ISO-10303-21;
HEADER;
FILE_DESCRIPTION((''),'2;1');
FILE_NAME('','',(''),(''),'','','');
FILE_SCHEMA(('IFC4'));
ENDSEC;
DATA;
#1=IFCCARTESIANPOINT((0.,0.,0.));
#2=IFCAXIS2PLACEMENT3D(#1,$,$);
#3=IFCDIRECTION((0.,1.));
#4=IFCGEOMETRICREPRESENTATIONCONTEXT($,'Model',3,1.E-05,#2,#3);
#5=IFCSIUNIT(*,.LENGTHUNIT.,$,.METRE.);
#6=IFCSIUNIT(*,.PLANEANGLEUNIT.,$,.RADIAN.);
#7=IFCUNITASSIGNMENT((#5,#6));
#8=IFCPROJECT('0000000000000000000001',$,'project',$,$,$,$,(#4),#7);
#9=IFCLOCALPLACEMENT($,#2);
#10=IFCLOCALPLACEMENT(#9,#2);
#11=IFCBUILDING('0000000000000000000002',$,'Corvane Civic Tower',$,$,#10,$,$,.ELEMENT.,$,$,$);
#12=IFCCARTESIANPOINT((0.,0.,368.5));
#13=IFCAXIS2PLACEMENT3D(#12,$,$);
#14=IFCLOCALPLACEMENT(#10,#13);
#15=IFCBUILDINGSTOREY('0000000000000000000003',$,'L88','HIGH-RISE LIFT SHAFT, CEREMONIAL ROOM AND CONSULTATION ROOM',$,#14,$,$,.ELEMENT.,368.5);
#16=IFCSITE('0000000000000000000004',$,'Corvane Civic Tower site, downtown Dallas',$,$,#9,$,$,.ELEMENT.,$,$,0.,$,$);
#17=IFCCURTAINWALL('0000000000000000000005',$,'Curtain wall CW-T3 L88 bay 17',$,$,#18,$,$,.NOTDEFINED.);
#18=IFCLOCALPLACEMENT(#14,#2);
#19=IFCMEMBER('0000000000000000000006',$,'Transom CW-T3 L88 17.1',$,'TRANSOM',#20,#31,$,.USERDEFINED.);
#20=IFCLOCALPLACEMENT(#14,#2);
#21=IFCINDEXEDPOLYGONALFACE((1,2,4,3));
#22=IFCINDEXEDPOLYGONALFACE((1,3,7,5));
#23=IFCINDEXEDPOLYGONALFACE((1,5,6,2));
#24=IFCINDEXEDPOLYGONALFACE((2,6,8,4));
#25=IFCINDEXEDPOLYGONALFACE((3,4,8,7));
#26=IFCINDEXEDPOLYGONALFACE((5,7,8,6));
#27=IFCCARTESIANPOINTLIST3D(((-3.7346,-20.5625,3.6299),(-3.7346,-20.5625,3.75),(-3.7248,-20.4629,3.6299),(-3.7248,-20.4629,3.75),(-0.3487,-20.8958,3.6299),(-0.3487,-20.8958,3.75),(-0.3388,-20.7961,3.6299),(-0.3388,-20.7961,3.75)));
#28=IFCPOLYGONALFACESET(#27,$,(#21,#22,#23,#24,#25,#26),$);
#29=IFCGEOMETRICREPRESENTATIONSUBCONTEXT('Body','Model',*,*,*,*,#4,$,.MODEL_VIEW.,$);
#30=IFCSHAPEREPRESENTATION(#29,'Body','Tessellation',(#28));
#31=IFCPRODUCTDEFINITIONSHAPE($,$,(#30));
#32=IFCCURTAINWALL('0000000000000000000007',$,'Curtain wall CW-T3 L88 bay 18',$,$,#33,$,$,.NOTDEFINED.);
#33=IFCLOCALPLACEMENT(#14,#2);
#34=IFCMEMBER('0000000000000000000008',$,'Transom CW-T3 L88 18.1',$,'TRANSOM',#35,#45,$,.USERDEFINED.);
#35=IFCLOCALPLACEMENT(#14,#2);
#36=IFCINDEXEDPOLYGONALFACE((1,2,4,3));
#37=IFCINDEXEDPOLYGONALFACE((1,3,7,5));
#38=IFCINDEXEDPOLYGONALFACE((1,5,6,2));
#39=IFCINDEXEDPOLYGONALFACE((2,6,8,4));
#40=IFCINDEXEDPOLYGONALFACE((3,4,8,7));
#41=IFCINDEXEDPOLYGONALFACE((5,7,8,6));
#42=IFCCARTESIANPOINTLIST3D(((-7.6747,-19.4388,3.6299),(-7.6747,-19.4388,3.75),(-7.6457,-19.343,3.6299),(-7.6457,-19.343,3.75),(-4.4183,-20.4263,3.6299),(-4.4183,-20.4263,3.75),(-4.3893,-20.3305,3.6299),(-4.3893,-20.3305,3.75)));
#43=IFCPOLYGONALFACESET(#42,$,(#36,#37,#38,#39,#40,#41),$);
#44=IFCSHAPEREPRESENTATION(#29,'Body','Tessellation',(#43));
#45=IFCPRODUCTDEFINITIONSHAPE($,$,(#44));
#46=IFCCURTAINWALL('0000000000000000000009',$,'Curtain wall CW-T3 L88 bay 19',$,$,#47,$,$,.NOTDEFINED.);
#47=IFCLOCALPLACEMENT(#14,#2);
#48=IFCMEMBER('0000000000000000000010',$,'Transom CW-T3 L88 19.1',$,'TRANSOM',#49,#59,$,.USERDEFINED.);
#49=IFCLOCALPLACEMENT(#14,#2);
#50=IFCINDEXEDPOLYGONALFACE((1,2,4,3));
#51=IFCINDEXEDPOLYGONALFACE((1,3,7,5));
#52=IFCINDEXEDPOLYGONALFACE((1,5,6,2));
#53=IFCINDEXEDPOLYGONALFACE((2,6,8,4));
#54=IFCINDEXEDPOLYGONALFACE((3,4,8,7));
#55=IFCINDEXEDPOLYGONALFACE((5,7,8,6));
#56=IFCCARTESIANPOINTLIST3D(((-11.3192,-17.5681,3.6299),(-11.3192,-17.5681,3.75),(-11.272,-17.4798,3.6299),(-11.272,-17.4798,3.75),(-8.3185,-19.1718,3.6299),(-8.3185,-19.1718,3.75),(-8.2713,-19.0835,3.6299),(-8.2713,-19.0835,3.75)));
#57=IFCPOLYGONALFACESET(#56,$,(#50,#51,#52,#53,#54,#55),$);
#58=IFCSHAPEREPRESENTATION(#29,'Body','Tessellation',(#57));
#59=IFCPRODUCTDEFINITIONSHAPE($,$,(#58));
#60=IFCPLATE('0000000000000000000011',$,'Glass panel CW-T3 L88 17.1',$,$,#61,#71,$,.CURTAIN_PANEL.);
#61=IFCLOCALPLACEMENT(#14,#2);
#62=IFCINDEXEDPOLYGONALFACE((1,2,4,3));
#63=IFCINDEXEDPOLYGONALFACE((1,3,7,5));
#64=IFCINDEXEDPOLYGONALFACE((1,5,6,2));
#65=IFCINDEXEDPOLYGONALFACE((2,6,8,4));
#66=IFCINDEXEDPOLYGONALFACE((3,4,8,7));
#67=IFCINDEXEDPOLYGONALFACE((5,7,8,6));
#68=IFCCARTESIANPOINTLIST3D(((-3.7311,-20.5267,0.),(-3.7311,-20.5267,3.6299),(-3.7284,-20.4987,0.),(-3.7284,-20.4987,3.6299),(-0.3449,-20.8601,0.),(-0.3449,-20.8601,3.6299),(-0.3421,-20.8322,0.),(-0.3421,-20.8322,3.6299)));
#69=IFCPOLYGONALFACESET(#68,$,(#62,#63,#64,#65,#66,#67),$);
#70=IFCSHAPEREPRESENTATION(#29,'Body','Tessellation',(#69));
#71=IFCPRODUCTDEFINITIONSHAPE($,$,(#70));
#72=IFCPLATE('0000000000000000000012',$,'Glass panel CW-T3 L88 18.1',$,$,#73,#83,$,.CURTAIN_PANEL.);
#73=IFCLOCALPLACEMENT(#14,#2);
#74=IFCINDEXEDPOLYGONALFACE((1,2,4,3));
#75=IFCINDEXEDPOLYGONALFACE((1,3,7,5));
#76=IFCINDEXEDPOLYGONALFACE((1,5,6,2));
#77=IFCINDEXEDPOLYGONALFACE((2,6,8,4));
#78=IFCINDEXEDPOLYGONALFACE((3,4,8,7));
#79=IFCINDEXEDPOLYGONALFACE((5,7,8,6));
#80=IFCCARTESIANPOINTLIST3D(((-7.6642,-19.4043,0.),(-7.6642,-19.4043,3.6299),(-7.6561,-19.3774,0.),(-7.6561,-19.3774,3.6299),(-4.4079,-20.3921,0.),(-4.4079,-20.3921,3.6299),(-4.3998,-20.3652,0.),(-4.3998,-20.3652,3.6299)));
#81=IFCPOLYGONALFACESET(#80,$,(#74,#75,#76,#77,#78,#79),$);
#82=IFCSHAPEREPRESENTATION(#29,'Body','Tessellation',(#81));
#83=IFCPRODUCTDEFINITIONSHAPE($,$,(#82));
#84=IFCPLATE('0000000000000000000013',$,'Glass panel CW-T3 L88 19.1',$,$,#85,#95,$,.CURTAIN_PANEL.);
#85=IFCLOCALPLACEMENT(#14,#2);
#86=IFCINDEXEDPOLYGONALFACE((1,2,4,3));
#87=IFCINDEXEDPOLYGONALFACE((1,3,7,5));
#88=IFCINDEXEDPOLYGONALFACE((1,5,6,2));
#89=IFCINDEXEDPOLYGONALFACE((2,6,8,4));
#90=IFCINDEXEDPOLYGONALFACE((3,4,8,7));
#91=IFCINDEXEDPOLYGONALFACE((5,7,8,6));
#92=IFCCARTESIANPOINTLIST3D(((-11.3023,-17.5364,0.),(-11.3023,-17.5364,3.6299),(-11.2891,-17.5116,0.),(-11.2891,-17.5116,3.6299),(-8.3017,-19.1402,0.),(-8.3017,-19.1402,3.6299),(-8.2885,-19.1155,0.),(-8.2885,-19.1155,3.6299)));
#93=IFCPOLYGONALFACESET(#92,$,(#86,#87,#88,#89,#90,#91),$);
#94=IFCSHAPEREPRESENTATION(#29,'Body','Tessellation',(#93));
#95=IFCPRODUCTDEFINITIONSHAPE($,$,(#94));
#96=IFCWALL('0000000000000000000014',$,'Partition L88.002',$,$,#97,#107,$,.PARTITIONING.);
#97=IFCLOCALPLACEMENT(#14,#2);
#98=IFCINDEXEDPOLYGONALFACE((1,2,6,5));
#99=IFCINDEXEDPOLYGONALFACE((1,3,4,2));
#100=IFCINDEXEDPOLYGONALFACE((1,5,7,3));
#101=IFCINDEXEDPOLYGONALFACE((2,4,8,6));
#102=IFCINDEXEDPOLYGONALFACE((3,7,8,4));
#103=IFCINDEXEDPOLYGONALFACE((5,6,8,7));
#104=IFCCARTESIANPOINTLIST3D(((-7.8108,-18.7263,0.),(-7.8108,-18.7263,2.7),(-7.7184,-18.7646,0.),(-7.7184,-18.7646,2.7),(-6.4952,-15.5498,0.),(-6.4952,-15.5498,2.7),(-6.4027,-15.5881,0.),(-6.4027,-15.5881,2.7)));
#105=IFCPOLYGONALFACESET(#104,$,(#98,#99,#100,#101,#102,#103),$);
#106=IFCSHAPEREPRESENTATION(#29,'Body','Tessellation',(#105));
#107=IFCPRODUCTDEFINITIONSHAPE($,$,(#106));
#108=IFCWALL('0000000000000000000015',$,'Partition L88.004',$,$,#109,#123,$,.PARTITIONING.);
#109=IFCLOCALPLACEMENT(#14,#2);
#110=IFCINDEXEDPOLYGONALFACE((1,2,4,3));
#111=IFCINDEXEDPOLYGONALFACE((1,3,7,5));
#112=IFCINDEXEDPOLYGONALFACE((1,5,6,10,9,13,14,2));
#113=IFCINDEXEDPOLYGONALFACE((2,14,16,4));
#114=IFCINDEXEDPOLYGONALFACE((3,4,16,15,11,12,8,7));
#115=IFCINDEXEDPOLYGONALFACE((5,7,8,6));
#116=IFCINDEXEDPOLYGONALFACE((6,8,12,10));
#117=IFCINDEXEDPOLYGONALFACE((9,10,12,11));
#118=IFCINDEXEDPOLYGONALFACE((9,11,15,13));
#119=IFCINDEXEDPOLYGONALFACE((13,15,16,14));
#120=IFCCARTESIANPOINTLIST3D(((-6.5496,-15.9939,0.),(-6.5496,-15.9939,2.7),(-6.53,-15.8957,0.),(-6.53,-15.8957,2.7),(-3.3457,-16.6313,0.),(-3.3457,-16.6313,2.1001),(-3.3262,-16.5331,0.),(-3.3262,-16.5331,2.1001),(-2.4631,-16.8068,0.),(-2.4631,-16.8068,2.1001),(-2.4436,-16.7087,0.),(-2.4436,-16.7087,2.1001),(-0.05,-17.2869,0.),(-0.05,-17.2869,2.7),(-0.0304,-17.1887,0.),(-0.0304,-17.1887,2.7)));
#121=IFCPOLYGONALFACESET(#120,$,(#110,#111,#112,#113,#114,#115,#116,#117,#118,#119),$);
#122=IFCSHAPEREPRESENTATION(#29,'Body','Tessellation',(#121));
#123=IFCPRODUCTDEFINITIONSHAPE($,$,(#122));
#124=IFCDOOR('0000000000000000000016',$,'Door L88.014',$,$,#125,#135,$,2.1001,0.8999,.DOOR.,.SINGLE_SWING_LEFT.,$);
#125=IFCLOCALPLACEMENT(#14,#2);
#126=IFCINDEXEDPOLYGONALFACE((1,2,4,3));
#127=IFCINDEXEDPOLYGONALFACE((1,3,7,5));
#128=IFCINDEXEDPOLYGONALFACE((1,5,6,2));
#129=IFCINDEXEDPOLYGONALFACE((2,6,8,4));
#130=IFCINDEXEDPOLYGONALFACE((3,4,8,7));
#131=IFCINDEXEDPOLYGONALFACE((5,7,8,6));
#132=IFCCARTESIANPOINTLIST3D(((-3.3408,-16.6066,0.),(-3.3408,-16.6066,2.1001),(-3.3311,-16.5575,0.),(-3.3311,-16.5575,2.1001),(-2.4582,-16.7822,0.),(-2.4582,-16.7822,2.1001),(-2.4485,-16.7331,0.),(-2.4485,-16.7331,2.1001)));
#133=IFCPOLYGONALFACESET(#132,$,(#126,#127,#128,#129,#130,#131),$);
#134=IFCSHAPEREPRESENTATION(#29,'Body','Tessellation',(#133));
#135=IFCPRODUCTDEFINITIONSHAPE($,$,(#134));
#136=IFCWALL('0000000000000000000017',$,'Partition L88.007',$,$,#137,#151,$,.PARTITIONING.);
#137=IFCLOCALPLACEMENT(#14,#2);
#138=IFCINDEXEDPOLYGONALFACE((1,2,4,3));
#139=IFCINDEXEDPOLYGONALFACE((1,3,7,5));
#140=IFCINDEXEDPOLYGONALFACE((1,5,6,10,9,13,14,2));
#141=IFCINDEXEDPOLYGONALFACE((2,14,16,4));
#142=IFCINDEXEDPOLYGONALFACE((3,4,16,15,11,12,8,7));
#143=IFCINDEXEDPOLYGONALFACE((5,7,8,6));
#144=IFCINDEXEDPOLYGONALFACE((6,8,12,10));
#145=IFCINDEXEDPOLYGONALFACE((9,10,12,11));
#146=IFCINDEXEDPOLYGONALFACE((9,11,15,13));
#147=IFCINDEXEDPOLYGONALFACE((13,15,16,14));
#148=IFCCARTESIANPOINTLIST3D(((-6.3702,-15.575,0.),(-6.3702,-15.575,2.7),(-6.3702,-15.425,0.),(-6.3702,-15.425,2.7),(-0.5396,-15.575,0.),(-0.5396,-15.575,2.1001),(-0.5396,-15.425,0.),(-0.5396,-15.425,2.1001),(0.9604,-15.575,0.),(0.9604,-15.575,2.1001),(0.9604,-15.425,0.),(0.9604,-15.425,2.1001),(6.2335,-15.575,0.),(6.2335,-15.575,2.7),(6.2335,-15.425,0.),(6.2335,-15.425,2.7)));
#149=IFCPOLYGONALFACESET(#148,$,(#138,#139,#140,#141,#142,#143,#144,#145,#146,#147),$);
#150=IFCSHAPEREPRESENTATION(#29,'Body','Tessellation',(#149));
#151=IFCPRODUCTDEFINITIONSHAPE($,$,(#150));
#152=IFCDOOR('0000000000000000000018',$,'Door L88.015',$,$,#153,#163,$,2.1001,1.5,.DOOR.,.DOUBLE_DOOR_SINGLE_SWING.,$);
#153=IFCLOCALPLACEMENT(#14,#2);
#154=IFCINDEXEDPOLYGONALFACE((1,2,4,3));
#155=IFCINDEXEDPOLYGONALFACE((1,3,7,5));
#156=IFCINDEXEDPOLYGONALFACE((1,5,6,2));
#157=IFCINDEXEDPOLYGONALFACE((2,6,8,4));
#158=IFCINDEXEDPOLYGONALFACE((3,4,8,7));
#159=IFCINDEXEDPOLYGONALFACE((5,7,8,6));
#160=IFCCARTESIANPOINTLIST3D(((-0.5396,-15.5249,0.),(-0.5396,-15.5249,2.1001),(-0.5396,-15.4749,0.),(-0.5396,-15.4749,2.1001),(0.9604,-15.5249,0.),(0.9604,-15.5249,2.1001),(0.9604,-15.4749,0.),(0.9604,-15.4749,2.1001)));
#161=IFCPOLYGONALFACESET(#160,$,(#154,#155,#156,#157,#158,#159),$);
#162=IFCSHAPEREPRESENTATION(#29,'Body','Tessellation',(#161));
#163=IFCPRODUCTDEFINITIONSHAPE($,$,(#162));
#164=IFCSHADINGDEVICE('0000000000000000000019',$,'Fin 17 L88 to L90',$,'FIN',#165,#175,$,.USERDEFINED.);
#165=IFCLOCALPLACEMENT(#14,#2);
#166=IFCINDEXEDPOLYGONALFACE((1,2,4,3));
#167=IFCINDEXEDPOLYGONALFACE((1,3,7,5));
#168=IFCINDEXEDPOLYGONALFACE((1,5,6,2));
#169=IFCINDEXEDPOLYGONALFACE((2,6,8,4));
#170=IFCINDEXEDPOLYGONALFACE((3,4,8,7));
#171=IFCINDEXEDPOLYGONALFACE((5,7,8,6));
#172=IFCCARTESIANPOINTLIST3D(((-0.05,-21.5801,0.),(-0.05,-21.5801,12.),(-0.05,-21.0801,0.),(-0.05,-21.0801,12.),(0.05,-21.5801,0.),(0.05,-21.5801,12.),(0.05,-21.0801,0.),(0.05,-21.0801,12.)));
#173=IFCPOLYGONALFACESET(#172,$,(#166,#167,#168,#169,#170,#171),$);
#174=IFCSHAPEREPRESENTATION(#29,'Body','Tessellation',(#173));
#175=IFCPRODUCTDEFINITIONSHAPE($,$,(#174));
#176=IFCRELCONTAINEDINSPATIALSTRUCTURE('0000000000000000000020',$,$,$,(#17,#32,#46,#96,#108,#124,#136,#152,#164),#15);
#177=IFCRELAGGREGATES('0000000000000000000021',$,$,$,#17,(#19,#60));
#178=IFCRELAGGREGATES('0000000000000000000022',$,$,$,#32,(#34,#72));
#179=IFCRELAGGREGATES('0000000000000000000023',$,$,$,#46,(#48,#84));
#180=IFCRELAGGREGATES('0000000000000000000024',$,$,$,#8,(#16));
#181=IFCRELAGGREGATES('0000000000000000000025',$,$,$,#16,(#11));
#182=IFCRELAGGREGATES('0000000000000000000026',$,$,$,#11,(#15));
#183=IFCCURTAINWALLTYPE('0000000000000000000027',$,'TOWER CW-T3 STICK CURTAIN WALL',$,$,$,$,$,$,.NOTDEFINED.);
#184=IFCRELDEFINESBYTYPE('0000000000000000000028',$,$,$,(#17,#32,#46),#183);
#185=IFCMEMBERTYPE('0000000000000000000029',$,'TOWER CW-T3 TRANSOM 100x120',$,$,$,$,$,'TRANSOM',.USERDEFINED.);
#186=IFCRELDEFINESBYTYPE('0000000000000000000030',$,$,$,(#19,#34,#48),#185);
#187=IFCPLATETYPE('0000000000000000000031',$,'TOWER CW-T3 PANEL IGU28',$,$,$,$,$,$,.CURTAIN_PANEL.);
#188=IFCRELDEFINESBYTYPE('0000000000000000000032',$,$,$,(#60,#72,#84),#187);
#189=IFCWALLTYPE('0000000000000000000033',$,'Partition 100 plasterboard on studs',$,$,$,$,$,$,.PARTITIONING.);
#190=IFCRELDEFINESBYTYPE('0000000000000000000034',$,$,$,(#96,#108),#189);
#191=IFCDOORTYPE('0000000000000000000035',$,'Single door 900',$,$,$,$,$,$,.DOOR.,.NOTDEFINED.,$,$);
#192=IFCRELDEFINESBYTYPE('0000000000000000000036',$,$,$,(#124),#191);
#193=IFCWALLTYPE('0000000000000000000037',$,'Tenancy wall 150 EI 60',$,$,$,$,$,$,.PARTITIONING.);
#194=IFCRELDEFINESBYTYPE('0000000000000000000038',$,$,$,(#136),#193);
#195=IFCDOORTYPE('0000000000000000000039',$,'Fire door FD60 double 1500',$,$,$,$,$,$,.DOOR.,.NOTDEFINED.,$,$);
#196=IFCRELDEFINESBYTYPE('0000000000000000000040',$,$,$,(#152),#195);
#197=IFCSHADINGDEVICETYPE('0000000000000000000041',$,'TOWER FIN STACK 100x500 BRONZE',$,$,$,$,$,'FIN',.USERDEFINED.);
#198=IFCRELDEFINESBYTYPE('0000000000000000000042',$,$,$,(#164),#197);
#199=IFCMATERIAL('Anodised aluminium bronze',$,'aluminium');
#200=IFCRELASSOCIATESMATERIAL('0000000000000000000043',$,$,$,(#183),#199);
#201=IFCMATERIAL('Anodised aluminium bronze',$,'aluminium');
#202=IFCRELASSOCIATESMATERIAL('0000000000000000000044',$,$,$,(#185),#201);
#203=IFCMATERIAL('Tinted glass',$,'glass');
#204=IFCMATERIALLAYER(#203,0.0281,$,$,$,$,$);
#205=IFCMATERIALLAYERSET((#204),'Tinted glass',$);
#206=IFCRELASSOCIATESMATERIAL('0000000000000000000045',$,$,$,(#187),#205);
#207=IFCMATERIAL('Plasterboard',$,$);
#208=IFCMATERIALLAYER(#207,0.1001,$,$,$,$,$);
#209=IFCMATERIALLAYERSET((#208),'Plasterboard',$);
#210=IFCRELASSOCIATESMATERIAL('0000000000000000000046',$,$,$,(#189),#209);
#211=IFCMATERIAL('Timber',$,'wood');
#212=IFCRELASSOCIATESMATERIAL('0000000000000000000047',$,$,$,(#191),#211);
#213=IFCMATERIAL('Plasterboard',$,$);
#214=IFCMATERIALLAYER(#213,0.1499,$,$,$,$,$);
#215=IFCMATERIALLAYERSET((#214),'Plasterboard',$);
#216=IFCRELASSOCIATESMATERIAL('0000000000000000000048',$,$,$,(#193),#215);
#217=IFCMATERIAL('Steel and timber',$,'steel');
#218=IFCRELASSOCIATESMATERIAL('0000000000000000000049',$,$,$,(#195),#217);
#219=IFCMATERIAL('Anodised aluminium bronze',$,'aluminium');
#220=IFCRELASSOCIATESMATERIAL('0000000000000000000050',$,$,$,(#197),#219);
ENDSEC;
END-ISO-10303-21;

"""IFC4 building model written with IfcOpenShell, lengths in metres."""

from ifc_helpers import new_model, si_unit, direction, frame, frame_2d, origin, origin_2d, place, context, subcontext, project, spatial, rectangle, extrude, material, layer, layer_set, material_profile, profile_set, type_object, element, fill, aggregate, save


model = new_model("IFC4")

# Units and contexts
model_context = context("Model", 3, precision=1e-05, world=origin(), true_north=direction((0.0, 1.0)))
body_context = subcontext(model_context, "Body", "Model", "MODEL_VIEW")
ifc_project = project(units=[si_unit("LENGTHUNIT", "METRE"), si_unit("PLANEANGLEUNIT", "RADIAN")], contexts=[model_context])

# Site, building, storey
site_placement = place(None, origin())
site = spatial("IfcSite", under=ifc_project, at=site_placement, Name="Corvane Civic Tower site, downtown Dallas", CompositionType="ELEMENT", RefElevation=0.0)
building_placement = place(site_placement, origin())
building = spatial("IfcBuilding", under=site, at=building_placement, Name="Corvane Civic Tower", CompositionType="ELEMENT")
storey_placement = place(building_placement, frame((0.0, 0.0, 368.5)))
storey = spatial("IfcBuildingStorey", under=building, at=storey_placement, Name="L88", Description="HIGH-RISE LIFT SHAFT, CEREMONIAL ROOM AND CONSULTATION ROOM", CompositionType="ELEMENT", Elevation=368.5)

# Curtain walls, members
ifc_material_1 = material(Name="Anodised aluminium bronze", Category="aluminium")
curtain_wall_type = type_object("IfcCurtainWallType", Name="TOWER CW-T3 STICK CURTAIN WALL", PredefinedType="NOTDEFINED", material=ifc_material_1)
curtain_wall_1_placement = place(storey_placement, origin())
curtain_wall_1 = element("IfcCurtainWall", 1, at=curtain_wall_1_placement, inside=storey, type_object=curtain_wall_type, Name="Curtain wall CW-T3 L88 bay 17", PredefinedType="NOTDEFINED")
ifc_material_2 = material(Name="Anodised aluminium bronze", Category="aluminium")
ifc_material_profile_1 = material_profile(ifc_material_2, rectangle(XDim=0.1001, YDim=0.1201, at=origin_2d()), Name="TOWER CW-T3 TRANSOM 100x120")
ifc_profile_set_1 = profile_set([ifc_material_profile_1], Name="Anodised aluminium bronze")
member_type = type_object("IfcMemberType", Name="TOWER CW-T3 TRANSOM 100x120", ElementType="TRANSOM", PredefinedType="USERDEFINED", material=ifc_profile_set_1)
member_1_placement = place(storey_placement, frame((-0.3438, -20.8459, 3.6899), z_axis=(-0.995192, 0.097948, 0.0), x_axis=(-0.097948, -0.995192, 0.0)))
member_1 = element("IfcMember", 2, at=member_1_placement, type_object=member_type, Name="Transom CW-T3 L88 17.1", ObjectType="TRANSOM", PredefinedType="USERDEFINED", context=body_context, shape_type="SweptSolid", body=[
    extrude(rectangle(XDim=0.1001, YDim=0.1201, at=origin_2d()), origin(), (0.0, 0.0, 1.0), 3.4023),
])
curtain_wall_2_placement = place(storey_placement, origin())
curtain_wall_2 = element("IfcCurtainWall", 3, at=curtain_wall_2_placement, inside=storey, type_object=curtain_wall_type, Name="Curtain wall CW-T3 L88 bay 18", PredefinedType="NOTDEFINED")
member_2_placement = place(storey_placement, frame((-4.4038, -20.3784, 3.6899), z_axis=(-0.956961, 0.290216, 0.0), x_axis=(-0.290216, -0.956961, 0.0)))
member_2 = element("IfcMember", 4, at=member_2_placement, type_object=member_type, Name="Transom CW-T3 L88 18.1", ObjectType="TRANSOM", PredefinedType="USERDEFINED", context=body_context, shape_type="SweptSolid", body=[
    extrude(rectangle(XDim=0.1001, YDim=0.1201, at=origin_2d()), origin(), (0.0, 0.0, 1.0), 3.4028),
])
curtain_wall_3_placement = place(storey_placement, origin())
curtain_wall_3 = element("IfcCurtainWall", 5, at=curtain_wall_3_placement, inside=storey, type_object=curtain_wall_type, Name="Curtain wall CW-T3 L88 bay 19", PredefinedType="NOTDEFINED")
member_3_placement = place(storey_placement, frame((-8.2949, -19.1277, 3.6899), z_axis=(-0.881941, 0.471359, 0.0), x_axis=(-0.471359, -0.881941, 0.0)))
member_3 = element("IfcMember", 6, at=member_3_placement, type_object=member_type, Name="Transom CW-T3 L88 19.1", ObjectType="TRANSOM", PredefinedType="USERDEFINED", context=body_context, shape_type="SweptSolid", body=[
    extrude(rectangle(XDim=0.1001, YDim=0.1201, at=origin_2d()), origin(), (0.0, 0.0, 1.0), 3.4023),
])

# Plates
ifc_material_3 = material(Name="Tinted glass", Category="glass")
ifc_layer_1 = layer(ifc_material_3, 0.0281)
ifc_layer_set_1 = layer_set([ifc_layer_1], Name="Tinted glass")
plate_type = type_object("IfcPlateType", Name="TOWER CW-T3 PANEL IGU28", PredefinedType="CURTAIN_PANEL", material=ifc_layer_set_1)
plate_1_placement = place(storey_placement, frame((-2.0366, -20.6794, 0.0), z_axis=(0.0, 0.0, 1.0), x_axis=(-0.995187, 0.097998, 0.0)))
plate_1 = element("IfcPlate", 7, at=plate_1_placement, type_object=plate_type, Name="Glass panel CW-T3 L88 17.1", PredefinedType="CURTAIN_PANEL", context=body_context, shape_type="SweptSolid", body=[
    extrude(rectangle(XDim=3.4026, YDim=0.0281, at=origin_2d()), origin(), (0.0, 0.0, 1.0), 3.6299),
])
aggregate(curtain_wall_1, [member_1, plate_1])
plate_2_placement = place(storey_placement, frame((-6.032, -19.8848, 0.0), z_axis=(0.0, 0.0, 1.0), x_axis=(-0.956939, 0.29029, 0.0)))
plate_2 = element("IfcPlate", 8, at=plate_2_placement, type_object=plate_type, Name="Glass panel CW-T3 L88 18.1", PredefinedType="CURTAIN_PANEL", context=body_context, shape_type="SweptSolid", body=[
    extrude(rectangle(XDim=3.4028, YDim=0.0281, at=origin_2d()), origin(), (0.0, 0.0, 1.0), 3.6299),
])
aggregate(curtain_wall_2, [member_2, plate_2])
plate_3_placement = place(storey_placement, frame((-9.7954, -18.3259, 0.0), z_axis=(0.0, 0.0, 1.0), x_axis=(-0.881928, 0.471384, 0.0)))
plate_3 = element("IfcPlate", 9, at=plate_3_placement, type_object=plate_type, Name="Glass panel CW-T3 L88 19.1", PredefinedType="CURTAIN_PANEL", context=body_context, shape_type="SweptSolid", body=[
    extrude(rectangle(XDim=3.4023, YDim=0.0281, at=origin_2d()), origin(), (0.0, 0.0, 1.0), 3.6299),
])
aggregate(curtain_wall_3, [member_3, plate_3])

# Wall
ifc_material_4 = material(Name="Plasterboard")
ifc_layer_2 = layer(ifc_material_4, 0.1001)
ifc_layer_set_2 = layer_set([ifc_layer_2], Name="Plasterboard")
wall_type_1 = type_object("IfcWallType", Name="Partition 100 plasterboard on studs", PredefinedType="PARTITIONING", material=ifc_layer_set_2)
wall_1_placement = place(storey_placement, frame((-7.7646, -18.7456, 0.0), z_axis=(0.0, 0.0, 1.0), x_axis=(0.382663, 0.923888, 0.0)))
element("IfcWall", 10, at=wall_1_placement, inside=storey, type_object=wall_type_1, Name="Partition L88.002", PredefinedType="PARTITIONING", context=body_context, shape_type="SweptSolid", body=[
    extrude(rectangle(XDim=3.4382, YDim=0.1001, at=frame_2d((1.7192, 0.0))), origin(), (0.0, 0.0, 1.0), 2.7),
])

# Walls, openings, doors
wall_2_placement = place(storey_placement, frame((-6.5398, -15.9448, 0.0), z_axis=(0.0, 0.0, 1.0), x_axis=(0.980781, -0.19511, 0.0)))
wall_2 = element("IfcWall", 11, at=wall_2_placement, inside=storey, type_object=wall_type_1, Name="Partition L88.004", PredefinedType="PARTITIONING", context=body_context, shape_type="SweptSolid", body=[
    extrude(rectangle(XDim=6.627, YDim=0.1001, at=frame_2d((3.3135, 0.0))), origin(), (0.0, 0.0, 1.0), 2.7),
])
opening_1_placement = place(wall_2_placement, frame((3.2666, 0.0, 0.0)))
opening_1 = element("IfcOpeningElement", 12, at=opening_1_placement, cuts=wall_2, PredefinedType="OPENING", context=body_context, shape_type="SweptSolid", body=[
    extrude(rectangle(XDim=0.8999, YDim=2.1001, at=frame_2d((0.45, 1.05))), frame((0.0, 0.0601, 0.0), z_axis=(0.0, -1.0, 0.0), x_axis=(1.0, 0.0, 0.0)), (0.0, 0.0, 1.0), 0.1201),
])
ifc_material_5 = material(Name="Timber", Category="wood")
door_type_1 = type_object("IfcDoorType", Name="Single door 900", OperationType="NOTDEFINED", PredefinedType="DOOR", material=ifc_material_5)
door_1_placement = place(opening_1_placement, frame((0.8999, 0.0, 0.0), z_axis=(0.0, 0.0, 1.0), x_axis=(-1.0, 0.0, 0.0)))
door_1 = element("IfcDoor", 13, at=door_1_placement, inside=storey, type_object=door_type_1, Name="Door L88.014", OperationType="SINGLE_SWING_LEFT", OverallHeight=2.1001, OverallWidth=0.8999, PredefinedType="DOOR", context=body_context, shape_type="SweptSolid", body=[
    extrude(rectangle(XDim=0.8999, YDim=2.1001, at=frame_2d((0.45, 1.05))), frame((0.0, 0.0249, 0.0), z_axis=(0.0, -1.0, 0.0), x_axis=(1.0, 0.0, 0.0)), (0.0, 0.0, 1.0), 0.05),
])
fill(opening_1, door_1)
ifc_material_6 = material(Name="Plasterboard")
ifc_layer_3 = layer(ifc_material_6, 0.1499)
ifc_layer_set_3 = layer_set([ifc_layer_3], Name="Plasterboard")
wall_type_2 = type_object("IfcWallType", Name="Tenancy wall 150 EI 60", PredefinedType="PARTITIONING", material=ifc_layer_set_3)
wall_3_placement = place(storey_placement, frame((-6.3701, -15.5, 0.0), z_axis=(0.0, 0.0, 1.0), x_axis=(1.0, 0.0, 0.0)))
wall_3 = element("IfcWall", 14, at=wall_3_placement, inside=storey, type_object=wall_type_2, Name="Partition L88.007", PredefinedType="PARTITIONING", context=body_context, shape_type="SweptSolid", body=[
    extrude(rectangle(XDim=12.6038, YDim=0.1499, at=frame_2d((6.3018, 0.0))), origin(), (0.0, 0.0, 1.0), 2.7),
])
opening_2_placement = place(wall_3_placement, frame((5.8306, 0.0, 0.0)))
opening_2 = element("IfcOpeningElement", 15, at=opening_2_placement, cuts=wall_3, PredefinedType="OPENING", context=body_context, shape_type="SweptSolid", body=[
    extrude(rectangle(XDim=1.5, YDim=2.1001, at=frame_2d((0.75, 1.05))), frame((0.0, 0.085, 0.0), z_axis=(0.0, -1.0, 0.0), x_axis=(1.0, 0.0, 0.0)), (0.0, 0.0, 1.0), 0.1699),
])
ifc_material_7 = material(Name="Steel and timber", Category="steel")
door_type_2 = type_object("IfcDoorType", Name="Fire door FD60 double 1500", OperationType="NOTDEFINED", PredefinedType="DOOR", material=ifc_material_7)
door_2_placement = place(opening_2_placement, frame((1.5, 0.0, 0.0), z_axis=(0.0, 0.0, 1.0), x_axis=(-1.0, 0.0, 0.0)))
door_2 = element("IfcDoor", 16, at=door_2_placement, inside=storey, type_object=door_type_2, Name="Door L88.015", OperationType="DOUBLE_DOOR_SINGLE_SWING", OverallHeight=2.1001, OverallWidth=1.5, PredefinedType="DOOR", context=body_context, shape_type="SweptSolid", body=[
    extrude(rectangle(XDim=1.5, YDim=2.1001, at=frame_2d((0.75, 1.05))), frame((0.0, 0.0249, 0.0), z_axis=(0.0, -1.0, 0.0), x_axis=(1.0, 0.0, 0.0)), (0.0, 0.0, 1.0), 0.05),
])
fill(opening_2, door_2)

# Shading device
ifc_material_8 = material(Name="Anodised aluminium bronze", Category="aluminium")
ifc_material_profile_2 = material_profile(ifc_material_8, rectangle(XDim=0.1001, YDim=0.5, at=origin_2d()), Name="TOWER FIN STACK 100x500 BRONZE")
ifc_profile_set_2 = profile_set([ifc_material_profile_2], Name="Anodised aluminium bronze")
shading_device_type = type_object("IfcShadingDeviceType", Name="TOWER FIN STACK 100x500 BRONZE", ElementType="FIN", PredefinedType="USERDEFINED", material=ifc_profile_set_2)
for number, where, z_axis, x_axis, name in (
    (17, (0.0, -21.3301, 0.0), (0.0, 0.0, 1.0), (-1.0, 0.0, 0.0), "Fin 17 L88 to L90"),
):
    element("IfcShadingDevice", number, at=place(storey_placement, frame(where, z_axis=z_axis, x_axis=x_axis)), inside=storey, type_object=shading_device_type, Name=name, ObjectType="FIN", PredefinedType="USERDEFINED", context=body_context, shape_type="SweptSolid", body=[
        extrude(rectangle(XDim=0.1001, YDim=0.5, at=origin_2d()), origin(), (0.0, 0.0, 1.0), 12.0),
    ])

save(model, "model.ifc")
